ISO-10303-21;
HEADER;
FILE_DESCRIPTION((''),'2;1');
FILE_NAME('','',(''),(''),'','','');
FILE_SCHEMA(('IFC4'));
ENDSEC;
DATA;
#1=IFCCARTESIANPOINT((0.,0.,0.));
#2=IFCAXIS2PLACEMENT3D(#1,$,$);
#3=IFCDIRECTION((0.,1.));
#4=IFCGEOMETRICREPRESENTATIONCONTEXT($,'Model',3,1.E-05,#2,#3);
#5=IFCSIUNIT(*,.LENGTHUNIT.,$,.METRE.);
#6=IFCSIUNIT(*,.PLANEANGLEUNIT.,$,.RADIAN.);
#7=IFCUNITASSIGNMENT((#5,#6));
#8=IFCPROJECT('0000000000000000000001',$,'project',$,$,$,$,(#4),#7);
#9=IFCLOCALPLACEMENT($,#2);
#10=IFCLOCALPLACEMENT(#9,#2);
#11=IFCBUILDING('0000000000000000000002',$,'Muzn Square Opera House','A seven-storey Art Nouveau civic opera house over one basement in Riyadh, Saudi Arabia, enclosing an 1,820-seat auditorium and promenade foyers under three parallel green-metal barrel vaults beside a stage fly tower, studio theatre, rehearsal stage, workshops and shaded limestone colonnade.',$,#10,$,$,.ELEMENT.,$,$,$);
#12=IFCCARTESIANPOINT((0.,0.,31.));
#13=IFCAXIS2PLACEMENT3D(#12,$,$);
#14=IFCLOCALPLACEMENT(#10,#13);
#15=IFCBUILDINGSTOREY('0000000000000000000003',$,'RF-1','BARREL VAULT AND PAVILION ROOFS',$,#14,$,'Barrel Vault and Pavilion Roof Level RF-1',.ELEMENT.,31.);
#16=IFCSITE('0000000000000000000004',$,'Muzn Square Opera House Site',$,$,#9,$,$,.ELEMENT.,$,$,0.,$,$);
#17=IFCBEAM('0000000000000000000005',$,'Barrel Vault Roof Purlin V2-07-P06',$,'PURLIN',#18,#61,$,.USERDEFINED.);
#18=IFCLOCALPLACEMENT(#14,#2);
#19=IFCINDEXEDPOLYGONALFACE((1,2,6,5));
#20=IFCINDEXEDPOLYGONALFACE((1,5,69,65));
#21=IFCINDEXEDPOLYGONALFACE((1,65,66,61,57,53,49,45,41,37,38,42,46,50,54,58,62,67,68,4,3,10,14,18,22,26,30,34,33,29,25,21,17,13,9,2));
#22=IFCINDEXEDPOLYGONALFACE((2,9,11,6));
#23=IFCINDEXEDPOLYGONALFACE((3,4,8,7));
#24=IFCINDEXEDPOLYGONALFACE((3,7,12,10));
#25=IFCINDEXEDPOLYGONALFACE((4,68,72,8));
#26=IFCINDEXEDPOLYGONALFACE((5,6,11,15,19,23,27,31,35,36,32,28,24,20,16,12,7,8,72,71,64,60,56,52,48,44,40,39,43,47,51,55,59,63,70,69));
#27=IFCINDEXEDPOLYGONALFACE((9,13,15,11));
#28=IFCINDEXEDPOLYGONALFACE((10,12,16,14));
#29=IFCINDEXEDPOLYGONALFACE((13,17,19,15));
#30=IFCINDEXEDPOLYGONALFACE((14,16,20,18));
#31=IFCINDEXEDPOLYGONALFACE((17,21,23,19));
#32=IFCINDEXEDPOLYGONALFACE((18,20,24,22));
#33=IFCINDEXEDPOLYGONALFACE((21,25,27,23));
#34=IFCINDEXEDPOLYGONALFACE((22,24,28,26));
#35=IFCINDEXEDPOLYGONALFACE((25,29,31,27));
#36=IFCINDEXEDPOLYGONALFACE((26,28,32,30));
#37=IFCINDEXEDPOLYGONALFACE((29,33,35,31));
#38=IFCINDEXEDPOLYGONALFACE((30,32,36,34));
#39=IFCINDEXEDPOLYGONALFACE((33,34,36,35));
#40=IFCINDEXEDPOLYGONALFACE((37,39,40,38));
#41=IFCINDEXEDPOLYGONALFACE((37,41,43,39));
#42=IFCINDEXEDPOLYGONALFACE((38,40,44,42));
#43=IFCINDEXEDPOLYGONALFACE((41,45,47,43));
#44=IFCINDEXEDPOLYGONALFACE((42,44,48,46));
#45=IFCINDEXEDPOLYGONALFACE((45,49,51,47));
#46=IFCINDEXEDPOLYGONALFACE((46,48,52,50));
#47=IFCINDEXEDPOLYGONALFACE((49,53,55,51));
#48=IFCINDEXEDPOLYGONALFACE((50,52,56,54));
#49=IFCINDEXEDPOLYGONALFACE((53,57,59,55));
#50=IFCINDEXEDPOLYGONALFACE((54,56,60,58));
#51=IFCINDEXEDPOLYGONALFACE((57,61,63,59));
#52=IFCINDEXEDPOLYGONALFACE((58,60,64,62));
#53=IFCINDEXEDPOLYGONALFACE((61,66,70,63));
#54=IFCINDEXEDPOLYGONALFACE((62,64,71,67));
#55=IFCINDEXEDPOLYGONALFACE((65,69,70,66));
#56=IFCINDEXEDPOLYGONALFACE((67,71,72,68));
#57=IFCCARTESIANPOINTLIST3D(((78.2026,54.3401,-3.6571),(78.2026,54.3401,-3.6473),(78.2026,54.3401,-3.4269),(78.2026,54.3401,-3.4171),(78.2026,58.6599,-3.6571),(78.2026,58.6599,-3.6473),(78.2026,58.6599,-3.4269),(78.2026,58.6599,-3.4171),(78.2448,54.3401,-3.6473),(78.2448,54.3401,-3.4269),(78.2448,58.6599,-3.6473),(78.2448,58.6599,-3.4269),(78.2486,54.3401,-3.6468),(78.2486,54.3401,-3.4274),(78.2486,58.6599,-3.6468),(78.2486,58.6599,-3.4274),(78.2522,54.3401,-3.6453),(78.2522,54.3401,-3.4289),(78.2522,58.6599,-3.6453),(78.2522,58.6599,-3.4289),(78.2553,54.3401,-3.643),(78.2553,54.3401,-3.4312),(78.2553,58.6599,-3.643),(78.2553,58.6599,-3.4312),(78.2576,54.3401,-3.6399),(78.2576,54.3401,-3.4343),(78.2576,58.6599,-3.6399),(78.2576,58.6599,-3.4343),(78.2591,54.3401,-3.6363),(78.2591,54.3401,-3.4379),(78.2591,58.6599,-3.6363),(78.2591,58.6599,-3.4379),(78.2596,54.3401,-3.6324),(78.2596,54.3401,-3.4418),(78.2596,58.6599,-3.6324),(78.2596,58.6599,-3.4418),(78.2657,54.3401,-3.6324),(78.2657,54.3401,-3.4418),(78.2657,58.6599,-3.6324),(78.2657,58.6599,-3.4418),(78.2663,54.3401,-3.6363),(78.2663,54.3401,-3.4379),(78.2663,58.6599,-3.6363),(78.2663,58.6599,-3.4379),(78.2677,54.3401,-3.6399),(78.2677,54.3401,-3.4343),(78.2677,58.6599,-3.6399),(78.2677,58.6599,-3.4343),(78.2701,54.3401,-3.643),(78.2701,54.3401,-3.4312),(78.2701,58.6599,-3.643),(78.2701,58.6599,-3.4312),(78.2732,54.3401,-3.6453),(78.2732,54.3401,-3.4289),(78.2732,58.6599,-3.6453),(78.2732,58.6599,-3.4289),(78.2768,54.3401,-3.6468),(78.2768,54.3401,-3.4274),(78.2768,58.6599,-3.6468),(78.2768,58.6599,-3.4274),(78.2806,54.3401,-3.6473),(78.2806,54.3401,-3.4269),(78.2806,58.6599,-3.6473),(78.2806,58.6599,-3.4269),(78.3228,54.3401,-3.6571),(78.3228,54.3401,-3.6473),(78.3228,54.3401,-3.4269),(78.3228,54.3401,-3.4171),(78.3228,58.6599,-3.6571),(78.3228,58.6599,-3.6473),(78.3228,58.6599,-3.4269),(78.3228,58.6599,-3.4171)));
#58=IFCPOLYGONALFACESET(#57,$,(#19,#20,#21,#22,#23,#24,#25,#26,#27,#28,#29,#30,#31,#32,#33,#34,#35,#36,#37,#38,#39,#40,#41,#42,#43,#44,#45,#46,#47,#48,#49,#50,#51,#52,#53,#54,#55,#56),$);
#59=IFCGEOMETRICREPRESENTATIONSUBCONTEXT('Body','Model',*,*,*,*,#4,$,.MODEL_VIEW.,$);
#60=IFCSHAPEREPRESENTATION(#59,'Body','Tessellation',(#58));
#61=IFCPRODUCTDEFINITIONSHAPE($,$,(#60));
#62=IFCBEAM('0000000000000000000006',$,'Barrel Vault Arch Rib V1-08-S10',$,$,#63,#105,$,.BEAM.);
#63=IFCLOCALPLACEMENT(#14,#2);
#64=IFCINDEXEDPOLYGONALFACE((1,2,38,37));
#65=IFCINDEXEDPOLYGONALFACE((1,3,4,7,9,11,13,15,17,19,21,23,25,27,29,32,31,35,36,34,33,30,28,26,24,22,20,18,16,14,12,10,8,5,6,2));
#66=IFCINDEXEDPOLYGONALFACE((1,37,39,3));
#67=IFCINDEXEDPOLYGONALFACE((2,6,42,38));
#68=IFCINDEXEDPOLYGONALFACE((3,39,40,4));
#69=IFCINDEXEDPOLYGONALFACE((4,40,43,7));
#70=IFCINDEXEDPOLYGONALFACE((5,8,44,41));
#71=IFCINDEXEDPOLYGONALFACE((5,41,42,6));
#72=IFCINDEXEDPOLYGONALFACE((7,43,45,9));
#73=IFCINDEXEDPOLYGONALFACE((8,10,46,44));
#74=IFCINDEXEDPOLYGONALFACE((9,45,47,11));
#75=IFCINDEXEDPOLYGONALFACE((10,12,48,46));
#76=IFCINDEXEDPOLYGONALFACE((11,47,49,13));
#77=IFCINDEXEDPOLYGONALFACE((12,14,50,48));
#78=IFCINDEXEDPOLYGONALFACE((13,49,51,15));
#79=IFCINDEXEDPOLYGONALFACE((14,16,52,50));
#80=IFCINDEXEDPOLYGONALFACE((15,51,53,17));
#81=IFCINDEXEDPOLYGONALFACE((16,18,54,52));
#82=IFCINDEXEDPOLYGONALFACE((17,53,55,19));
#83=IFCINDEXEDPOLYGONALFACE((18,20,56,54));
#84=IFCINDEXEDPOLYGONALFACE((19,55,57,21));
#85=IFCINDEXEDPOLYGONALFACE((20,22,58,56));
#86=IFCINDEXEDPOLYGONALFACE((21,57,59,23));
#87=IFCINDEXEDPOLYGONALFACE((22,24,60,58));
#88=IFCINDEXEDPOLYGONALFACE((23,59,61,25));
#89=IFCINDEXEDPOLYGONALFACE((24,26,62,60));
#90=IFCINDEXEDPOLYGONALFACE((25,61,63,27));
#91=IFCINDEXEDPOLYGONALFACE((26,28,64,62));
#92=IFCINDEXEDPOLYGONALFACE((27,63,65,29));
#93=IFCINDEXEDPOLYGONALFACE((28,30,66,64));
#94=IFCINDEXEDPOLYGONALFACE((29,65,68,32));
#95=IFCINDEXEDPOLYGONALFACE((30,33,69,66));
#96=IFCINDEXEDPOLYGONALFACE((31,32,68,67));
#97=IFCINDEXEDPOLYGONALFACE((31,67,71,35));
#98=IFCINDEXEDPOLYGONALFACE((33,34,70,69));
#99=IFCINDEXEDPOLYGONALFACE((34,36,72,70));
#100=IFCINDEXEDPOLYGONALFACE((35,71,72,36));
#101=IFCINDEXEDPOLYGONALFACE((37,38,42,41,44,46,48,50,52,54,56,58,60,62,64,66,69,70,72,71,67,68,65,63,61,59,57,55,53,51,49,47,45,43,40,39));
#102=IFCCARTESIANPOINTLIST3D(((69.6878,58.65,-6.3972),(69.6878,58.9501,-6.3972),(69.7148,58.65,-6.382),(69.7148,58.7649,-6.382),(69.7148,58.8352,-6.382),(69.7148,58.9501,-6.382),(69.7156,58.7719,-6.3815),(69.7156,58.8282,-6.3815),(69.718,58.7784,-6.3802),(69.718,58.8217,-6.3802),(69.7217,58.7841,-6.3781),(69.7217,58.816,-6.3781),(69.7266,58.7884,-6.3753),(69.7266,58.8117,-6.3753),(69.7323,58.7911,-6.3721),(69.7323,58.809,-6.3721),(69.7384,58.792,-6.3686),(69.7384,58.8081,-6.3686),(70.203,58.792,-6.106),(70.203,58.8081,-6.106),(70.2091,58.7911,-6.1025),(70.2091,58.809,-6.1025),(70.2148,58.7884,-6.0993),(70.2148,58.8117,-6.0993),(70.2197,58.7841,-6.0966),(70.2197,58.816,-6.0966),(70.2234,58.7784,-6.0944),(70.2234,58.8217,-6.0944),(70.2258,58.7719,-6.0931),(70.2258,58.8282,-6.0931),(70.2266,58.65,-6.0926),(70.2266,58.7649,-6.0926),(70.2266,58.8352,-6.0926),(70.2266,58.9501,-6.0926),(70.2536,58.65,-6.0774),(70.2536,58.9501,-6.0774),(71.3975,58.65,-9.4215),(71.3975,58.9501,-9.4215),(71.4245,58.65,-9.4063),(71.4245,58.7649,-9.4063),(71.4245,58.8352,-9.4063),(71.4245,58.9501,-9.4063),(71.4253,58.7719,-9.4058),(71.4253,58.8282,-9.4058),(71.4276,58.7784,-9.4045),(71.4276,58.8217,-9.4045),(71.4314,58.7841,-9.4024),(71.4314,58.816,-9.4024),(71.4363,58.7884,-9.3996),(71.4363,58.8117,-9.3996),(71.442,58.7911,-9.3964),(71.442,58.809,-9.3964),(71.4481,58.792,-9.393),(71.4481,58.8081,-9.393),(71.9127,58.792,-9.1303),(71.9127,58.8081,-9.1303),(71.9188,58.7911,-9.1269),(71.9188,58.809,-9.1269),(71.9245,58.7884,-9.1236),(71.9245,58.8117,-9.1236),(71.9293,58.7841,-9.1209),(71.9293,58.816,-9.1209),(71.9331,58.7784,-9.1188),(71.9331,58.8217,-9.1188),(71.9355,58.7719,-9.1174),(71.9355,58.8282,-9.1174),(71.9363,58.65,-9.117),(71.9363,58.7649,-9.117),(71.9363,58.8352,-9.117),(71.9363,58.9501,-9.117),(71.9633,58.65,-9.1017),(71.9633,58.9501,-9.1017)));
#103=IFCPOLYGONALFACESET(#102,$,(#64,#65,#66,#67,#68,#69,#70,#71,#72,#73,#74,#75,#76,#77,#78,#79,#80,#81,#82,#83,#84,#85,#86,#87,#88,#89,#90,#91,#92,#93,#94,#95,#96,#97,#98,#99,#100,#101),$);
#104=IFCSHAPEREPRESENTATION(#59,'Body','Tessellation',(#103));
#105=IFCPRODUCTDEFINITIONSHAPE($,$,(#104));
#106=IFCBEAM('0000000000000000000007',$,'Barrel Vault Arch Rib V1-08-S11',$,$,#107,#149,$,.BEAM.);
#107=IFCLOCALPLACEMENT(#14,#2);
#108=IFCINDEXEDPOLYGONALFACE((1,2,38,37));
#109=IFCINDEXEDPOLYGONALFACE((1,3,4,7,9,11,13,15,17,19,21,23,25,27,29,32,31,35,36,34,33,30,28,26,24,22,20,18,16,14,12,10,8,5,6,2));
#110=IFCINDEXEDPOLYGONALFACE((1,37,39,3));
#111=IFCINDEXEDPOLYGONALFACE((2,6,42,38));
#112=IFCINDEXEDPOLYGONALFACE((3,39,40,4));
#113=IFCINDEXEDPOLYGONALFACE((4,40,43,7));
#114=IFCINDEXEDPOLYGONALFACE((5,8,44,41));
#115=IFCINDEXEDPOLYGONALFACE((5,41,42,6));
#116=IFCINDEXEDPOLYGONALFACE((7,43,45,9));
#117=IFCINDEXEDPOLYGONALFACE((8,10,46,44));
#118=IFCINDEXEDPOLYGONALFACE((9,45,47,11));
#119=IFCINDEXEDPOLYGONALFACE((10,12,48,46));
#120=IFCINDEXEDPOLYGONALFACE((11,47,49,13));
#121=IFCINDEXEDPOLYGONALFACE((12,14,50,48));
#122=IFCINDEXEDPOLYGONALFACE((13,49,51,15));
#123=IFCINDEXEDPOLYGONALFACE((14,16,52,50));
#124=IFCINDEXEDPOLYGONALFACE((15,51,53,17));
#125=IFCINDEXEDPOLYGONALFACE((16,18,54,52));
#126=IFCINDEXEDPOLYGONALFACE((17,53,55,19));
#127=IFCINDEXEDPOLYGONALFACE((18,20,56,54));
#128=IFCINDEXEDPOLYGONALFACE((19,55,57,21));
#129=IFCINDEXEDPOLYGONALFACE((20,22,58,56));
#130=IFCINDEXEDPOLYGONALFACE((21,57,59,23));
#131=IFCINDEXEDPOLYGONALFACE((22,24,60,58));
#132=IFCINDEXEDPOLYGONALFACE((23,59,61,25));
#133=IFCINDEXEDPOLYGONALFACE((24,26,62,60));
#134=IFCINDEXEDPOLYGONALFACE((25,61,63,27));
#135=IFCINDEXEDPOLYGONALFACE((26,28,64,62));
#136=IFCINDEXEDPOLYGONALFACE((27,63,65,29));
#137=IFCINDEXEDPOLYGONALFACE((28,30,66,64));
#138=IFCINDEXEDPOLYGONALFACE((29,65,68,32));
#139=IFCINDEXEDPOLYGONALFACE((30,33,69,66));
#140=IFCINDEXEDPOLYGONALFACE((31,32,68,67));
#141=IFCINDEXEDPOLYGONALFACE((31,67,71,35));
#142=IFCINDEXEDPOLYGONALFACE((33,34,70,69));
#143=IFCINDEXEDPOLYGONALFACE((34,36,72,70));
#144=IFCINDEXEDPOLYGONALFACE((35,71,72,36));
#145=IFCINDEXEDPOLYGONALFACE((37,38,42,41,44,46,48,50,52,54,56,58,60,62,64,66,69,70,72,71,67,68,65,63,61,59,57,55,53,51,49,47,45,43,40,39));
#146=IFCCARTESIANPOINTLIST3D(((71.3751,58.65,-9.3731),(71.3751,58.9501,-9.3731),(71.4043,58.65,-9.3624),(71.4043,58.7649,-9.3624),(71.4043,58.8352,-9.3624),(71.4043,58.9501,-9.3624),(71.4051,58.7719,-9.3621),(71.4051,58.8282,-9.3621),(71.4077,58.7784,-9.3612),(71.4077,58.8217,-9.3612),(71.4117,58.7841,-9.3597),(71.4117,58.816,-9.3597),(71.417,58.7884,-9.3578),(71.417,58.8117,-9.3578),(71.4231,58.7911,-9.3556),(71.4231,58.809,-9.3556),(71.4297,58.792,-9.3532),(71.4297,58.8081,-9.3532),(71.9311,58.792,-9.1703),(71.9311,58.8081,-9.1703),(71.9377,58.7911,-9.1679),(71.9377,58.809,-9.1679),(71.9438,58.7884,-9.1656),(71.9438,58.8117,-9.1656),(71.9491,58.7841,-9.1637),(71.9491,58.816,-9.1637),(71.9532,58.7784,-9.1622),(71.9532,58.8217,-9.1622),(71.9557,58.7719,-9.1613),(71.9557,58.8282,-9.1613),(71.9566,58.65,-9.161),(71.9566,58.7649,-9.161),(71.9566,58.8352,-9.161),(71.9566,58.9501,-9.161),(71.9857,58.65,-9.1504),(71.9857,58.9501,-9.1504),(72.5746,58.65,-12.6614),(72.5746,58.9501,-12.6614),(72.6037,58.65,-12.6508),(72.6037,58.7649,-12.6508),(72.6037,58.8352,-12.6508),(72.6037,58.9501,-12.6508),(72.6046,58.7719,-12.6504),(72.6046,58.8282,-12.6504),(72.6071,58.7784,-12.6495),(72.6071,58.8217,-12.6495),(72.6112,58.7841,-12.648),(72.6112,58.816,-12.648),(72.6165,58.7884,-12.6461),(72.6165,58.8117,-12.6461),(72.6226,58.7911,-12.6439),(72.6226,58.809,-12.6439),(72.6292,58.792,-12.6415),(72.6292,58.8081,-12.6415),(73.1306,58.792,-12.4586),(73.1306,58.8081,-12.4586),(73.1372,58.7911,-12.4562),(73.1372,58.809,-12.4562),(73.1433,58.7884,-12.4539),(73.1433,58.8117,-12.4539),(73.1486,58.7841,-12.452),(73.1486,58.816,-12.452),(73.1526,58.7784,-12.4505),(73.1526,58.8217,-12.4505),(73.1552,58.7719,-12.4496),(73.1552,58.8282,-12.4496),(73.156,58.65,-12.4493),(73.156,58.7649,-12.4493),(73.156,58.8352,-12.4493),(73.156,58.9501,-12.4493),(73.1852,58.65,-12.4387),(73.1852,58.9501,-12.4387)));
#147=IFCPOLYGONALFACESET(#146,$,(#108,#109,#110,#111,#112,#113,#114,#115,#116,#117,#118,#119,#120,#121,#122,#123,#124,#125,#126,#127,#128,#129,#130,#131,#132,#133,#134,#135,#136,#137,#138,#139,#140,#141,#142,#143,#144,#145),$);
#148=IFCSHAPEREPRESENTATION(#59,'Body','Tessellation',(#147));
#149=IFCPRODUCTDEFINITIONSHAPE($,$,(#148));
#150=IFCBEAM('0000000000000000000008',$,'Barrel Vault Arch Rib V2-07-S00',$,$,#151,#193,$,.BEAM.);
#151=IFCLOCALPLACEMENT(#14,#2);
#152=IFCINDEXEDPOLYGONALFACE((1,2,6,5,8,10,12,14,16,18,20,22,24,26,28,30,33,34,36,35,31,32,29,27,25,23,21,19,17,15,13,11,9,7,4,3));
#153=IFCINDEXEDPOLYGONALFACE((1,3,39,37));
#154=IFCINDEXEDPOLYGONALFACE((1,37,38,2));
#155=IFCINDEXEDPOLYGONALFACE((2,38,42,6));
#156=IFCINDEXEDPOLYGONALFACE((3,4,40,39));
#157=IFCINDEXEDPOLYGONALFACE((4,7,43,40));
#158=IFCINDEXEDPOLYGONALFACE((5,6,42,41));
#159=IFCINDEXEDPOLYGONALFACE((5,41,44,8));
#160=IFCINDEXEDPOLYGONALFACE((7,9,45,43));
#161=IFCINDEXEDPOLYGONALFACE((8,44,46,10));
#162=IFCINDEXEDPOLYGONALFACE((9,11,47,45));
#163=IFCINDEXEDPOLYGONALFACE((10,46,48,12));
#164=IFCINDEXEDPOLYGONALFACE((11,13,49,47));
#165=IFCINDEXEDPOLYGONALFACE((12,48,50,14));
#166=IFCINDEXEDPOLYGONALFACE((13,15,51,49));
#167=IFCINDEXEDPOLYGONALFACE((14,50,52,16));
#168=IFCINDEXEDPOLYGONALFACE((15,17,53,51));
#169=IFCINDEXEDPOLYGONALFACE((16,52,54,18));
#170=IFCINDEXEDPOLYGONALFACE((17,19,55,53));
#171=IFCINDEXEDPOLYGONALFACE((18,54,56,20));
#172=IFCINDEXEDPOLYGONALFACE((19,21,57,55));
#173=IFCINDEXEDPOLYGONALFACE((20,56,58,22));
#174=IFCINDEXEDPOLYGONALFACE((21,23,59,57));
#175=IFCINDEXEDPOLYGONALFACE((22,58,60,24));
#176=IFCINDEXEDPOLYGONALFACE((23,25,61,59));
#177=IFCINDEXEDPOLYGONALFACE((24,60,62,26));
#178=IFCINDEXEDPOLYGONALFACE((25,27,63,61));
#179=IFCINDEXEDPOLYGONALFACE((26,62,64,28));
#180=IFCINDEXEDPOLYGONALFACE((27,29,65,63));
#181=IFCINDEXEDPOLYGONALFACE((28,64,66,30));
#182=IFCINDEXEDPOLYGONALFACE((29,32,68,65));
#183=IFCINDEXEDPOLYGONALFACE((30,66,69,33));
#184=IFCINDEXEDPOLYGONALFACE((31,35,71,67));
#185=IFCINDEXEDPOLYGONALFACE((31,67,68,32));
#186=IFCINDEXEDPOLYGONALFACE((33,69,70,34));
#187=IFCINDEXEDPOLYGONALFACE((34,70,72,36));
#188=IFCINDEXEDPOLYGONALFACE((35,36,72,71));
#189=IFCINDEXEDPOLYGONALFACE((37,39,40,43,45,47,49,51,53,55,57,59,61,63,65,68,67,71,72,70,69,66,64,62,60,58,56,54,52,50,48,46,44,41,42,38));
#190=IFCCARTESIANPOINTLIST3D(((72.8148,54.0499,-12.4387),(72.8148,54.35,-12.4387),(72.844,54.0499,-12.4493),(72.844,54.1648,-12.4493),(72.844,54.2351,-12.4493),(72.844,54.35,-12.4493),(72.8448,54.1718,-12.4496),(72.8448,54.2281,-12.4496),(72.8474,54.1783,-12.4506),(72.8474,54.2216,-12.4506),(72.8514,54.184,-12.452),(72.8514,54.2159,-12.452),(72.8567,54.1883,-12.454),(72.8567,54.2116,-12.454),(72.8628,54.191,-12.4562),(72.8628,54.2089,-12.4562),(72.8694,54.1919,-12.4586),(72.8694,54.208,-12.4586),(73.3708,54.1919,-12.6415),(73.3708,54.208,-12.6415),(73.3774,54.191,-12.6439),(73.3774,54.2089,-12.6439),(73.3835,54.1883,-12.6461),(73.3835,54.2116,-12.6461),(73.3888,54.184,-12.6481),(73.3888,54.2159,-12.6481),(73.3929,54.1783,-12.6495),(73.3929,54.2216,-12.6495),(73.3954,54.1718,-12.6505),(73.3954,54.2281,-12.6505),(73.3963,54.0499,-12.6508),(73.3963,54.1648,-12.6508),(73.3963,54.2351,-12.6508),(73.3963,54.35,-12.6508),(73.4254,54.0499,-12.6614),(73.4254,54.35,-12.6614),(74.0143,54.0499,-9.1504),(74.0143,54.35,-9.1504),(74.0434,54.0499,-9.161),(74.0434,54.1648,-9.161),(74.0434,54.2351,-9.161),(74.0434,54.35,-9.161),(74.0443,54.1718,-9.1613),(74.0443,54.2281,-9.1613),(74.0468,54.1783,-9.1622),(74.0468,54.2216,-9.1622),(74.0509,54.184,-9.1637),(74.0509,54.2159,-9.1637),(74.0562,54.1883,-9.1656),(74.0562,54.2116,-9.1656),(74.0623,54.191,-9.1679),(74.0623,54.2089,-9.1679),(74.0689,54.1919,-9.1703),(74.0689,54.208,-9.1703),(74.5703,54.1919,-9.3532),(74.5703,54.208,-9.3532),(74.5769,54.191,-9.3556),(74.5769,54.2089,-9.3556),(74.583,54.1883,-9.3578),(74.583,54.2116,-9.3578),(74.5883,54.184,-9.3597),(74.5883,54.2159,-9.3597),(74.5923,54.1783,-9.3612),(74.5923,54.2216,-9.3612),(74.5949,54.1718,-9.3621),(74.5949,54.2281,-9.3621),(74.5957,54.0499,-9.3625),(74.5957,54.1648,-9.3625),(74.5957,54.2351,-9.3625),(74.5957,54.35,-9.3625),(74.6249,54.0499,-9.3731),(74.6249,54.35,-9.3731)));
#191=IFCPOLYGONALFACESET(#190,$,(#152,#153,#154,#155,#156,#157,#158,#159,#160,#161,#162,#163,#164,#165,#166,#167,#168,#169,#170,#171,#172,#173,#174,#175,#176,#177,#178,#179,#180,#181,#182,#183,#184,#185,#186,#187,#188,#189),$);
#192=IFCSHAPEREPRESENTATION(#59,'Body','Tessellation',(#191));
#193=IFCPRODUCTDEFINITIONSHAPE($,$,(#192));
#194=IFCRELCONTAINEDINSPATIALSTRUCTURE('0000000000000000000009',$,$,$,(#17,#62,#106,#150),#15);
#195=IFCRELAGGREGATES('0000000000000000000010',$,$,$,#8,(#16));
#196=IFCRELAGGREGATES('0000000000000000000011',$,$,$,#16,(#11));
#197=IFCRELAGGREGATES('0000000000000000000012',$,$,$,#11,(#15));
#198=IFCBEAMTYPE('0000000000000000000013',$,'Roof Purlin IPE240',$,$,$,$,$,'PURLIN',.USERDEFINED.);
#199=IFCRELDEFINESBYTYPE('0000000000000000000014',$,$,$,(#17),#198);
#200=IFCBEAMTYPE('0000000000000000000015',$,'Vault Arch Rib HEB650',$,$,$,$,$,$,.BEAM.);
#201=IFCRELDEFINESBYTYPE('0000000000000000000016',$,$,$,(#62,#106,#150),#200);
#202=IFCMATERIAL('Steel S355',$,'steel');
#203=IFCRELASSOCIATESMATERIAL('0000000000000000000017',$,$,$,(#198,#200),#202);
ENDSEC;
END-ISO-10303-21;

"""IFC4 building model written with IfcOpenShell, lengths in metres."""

from ifc_helpers import new_model, si_unit, direction, frame, origin, origin_2d, place, context, subcontext, project, spatial, i_section, extrude, material, material_profile, profile_set, type_object, element, save


model = new_model("IFC4")

# Units and contexts
model_context = context("Model", 3, precision=1e-05, world=origin(), true_north=direction((0.0, 1.0)))
body_context = subcontext(model_context, "Body", "Model", "MODEL_VIEW")
ifc_project = project(units=[si_unit("LENGTHUNIT", "METRE"), si_unit("PLANEANGLEUNIT", "RADIAN")], contexts=[model_context])

# Site, building, storey
site_placement = place(None, origin())
site = spatial("IfcSite", under=ifc_project, at=site_placement, Name="Muzn Square Opera House Site", CompositionType="ELEMENT", RefElevation=0.0)
building_placement = place(site_placement, origin())
building = spatial("IfcBuilding", under=site, at=building_placement, Name="Muzn Square Opera House", Description="A seven-storey Art Nouveau civic opera house over one basement in Riyadh, Saudi Arabia, enclosing an 1,820-seat auditorium and promenade foyers under three parallel green-metal barrel vaults beside a stage fly tower, studio theatre, rehearsal stage, workshops and shaded limestone colonnade.", CompositionType="ELEMENT")
storey_placement = place(building_placement, frame((0.0, 0.0, 31.0)))
storey = spatial("IfcBuildingStorey", under=building, at=storey_placement, Name="RF-1", Description="BARREL VAULT AND PAVILION ROOFS", LongName="Barrel Vault and Pavilion Roof Level RF-1", CompositionType="ELEMENT", Elevation=31.0)

# Beams
ifc_material_1 = material(Name="Steel S355", Category="steel")
ifc_material_profile_1 = material_profile(ifc_material_1, i_section(OverallWidth=0.1201, OverallDepth=0.24, WebThickness=0.0061, FlangeThickness=0.0098, FilletRadius=0.0149, at=origin_2d()), Name="IPE 240", Category="steel")
ifc_profile_set_1 = profile_set([ifc_material_profile_1], Name="Steel S355")
beam_type_1 = type_object("IfcBeamType", Name="Roof Purlin IPE240", ElementType="PURLIN", PredefinedType="USERDEFINED", material=ifc_profile_set_1)
for number, where, z_axis, x_axis, name in (
    (1, (78.2627, 54.3401, -3.5371), (0.0, 1.0, 0.0), (-1.0, 0.0, 0.0), "Barrel Vault Roof Purlin V2-07-P06"),
):
    element("IfcBeam", number, at=place(storey_placement, frame(where, z_axis=z_axis, x_axis=x_axis)), inside=storey, type_object=beam_type_1, Name=name, ObjectType="PURLIN", PredefinedType="USERDEFINED", context=body_context, shape_type="SweptSolid", body=[
        extrude(i_section(OverallWidth=0.1201, OverallDepth=0.24, WebThickness=0.0061, FlangeThickness=0.0098, FilletRadius=0.0149, at=origin_2d()), origin(), (0.0, 0.0, 1.0), 4.3198),
    ])
ifc_material_profile_2 = material_profile(ifc_material_1, i_section(OverallWidth=0.3, OverallDepth=0.6499, WebThickness=0.0161, FlangeThickness=0.031, FilletRadius=0.0271, at=origin_2d()), Name="HEB 650", Category="steel")
ifc_profile_set_2 = profile_set([ifc_material_profile_2], Name="Steel S355")
beam_type_2 = type_object("IfcBeamType", Name="Vault Arch Rib HEB650", PredefinedType="BEAM", material=ifc_profile_set_2)
beam_1_placement = place(storey_placement, frame((69.9707, 58.8, -6.2373), z_axis=(0.492115, 0.0, -0.87053), x_axis=(0.0, 1.0, 0.0)))
element("IfcBeam", 2, at=beam_1_placement, inside=storey, type_object=beam_type_2, Name="Barrel Vault Arch Rib V1-08-S10", PredefinedType="BEAM", context=body_context, shape_type="SweptSolid", body=[
    extrude(i_section(OverallWidth=0.3, OverallDepth=0.6499, WebThickness=0.0161, FlangeThickness=0.031, FilletRadius=0.0271, at=origin_2d()), origin(), (0.0, 0.0, 1.0), 3.4741),
])
for number, where, z_axis, x_axis, name in (
    (3, (71.6804, 58.8, -9.2617), (0.342678, 0.0, -0.939453), (0.0, 1.0, 0.0), "Barrel Vault Arch Rib V1-08-S11"),
    (4, (73.1201, 54.2, -12.55), (0.342678, 0.0, 0.939453), (0.0, 1.0, 0.0), "Barrel Vault Arch Rib V2-07-S00"),
):
    element("IfcBeam", number, at=place(storey_placement, frame(where, z_axis=z_axis, x_axis=x_axis)), inside=storey, type_object=beam_type_2, Name=name, PredefinedType="BEAM", context=body_context, shape_type="SweptSolid", body=[
        extrude(i_section(OverallWidth=0.3, OverallDepth=0.6499, WebThickness=0.0161, FlangeThickness=0.031, FilletRadius=0.0271, at=origin_2d()), origin(), (0.0, 0.0, 1.0), 3.5002),
    ])

save(model, "model.ifc")
